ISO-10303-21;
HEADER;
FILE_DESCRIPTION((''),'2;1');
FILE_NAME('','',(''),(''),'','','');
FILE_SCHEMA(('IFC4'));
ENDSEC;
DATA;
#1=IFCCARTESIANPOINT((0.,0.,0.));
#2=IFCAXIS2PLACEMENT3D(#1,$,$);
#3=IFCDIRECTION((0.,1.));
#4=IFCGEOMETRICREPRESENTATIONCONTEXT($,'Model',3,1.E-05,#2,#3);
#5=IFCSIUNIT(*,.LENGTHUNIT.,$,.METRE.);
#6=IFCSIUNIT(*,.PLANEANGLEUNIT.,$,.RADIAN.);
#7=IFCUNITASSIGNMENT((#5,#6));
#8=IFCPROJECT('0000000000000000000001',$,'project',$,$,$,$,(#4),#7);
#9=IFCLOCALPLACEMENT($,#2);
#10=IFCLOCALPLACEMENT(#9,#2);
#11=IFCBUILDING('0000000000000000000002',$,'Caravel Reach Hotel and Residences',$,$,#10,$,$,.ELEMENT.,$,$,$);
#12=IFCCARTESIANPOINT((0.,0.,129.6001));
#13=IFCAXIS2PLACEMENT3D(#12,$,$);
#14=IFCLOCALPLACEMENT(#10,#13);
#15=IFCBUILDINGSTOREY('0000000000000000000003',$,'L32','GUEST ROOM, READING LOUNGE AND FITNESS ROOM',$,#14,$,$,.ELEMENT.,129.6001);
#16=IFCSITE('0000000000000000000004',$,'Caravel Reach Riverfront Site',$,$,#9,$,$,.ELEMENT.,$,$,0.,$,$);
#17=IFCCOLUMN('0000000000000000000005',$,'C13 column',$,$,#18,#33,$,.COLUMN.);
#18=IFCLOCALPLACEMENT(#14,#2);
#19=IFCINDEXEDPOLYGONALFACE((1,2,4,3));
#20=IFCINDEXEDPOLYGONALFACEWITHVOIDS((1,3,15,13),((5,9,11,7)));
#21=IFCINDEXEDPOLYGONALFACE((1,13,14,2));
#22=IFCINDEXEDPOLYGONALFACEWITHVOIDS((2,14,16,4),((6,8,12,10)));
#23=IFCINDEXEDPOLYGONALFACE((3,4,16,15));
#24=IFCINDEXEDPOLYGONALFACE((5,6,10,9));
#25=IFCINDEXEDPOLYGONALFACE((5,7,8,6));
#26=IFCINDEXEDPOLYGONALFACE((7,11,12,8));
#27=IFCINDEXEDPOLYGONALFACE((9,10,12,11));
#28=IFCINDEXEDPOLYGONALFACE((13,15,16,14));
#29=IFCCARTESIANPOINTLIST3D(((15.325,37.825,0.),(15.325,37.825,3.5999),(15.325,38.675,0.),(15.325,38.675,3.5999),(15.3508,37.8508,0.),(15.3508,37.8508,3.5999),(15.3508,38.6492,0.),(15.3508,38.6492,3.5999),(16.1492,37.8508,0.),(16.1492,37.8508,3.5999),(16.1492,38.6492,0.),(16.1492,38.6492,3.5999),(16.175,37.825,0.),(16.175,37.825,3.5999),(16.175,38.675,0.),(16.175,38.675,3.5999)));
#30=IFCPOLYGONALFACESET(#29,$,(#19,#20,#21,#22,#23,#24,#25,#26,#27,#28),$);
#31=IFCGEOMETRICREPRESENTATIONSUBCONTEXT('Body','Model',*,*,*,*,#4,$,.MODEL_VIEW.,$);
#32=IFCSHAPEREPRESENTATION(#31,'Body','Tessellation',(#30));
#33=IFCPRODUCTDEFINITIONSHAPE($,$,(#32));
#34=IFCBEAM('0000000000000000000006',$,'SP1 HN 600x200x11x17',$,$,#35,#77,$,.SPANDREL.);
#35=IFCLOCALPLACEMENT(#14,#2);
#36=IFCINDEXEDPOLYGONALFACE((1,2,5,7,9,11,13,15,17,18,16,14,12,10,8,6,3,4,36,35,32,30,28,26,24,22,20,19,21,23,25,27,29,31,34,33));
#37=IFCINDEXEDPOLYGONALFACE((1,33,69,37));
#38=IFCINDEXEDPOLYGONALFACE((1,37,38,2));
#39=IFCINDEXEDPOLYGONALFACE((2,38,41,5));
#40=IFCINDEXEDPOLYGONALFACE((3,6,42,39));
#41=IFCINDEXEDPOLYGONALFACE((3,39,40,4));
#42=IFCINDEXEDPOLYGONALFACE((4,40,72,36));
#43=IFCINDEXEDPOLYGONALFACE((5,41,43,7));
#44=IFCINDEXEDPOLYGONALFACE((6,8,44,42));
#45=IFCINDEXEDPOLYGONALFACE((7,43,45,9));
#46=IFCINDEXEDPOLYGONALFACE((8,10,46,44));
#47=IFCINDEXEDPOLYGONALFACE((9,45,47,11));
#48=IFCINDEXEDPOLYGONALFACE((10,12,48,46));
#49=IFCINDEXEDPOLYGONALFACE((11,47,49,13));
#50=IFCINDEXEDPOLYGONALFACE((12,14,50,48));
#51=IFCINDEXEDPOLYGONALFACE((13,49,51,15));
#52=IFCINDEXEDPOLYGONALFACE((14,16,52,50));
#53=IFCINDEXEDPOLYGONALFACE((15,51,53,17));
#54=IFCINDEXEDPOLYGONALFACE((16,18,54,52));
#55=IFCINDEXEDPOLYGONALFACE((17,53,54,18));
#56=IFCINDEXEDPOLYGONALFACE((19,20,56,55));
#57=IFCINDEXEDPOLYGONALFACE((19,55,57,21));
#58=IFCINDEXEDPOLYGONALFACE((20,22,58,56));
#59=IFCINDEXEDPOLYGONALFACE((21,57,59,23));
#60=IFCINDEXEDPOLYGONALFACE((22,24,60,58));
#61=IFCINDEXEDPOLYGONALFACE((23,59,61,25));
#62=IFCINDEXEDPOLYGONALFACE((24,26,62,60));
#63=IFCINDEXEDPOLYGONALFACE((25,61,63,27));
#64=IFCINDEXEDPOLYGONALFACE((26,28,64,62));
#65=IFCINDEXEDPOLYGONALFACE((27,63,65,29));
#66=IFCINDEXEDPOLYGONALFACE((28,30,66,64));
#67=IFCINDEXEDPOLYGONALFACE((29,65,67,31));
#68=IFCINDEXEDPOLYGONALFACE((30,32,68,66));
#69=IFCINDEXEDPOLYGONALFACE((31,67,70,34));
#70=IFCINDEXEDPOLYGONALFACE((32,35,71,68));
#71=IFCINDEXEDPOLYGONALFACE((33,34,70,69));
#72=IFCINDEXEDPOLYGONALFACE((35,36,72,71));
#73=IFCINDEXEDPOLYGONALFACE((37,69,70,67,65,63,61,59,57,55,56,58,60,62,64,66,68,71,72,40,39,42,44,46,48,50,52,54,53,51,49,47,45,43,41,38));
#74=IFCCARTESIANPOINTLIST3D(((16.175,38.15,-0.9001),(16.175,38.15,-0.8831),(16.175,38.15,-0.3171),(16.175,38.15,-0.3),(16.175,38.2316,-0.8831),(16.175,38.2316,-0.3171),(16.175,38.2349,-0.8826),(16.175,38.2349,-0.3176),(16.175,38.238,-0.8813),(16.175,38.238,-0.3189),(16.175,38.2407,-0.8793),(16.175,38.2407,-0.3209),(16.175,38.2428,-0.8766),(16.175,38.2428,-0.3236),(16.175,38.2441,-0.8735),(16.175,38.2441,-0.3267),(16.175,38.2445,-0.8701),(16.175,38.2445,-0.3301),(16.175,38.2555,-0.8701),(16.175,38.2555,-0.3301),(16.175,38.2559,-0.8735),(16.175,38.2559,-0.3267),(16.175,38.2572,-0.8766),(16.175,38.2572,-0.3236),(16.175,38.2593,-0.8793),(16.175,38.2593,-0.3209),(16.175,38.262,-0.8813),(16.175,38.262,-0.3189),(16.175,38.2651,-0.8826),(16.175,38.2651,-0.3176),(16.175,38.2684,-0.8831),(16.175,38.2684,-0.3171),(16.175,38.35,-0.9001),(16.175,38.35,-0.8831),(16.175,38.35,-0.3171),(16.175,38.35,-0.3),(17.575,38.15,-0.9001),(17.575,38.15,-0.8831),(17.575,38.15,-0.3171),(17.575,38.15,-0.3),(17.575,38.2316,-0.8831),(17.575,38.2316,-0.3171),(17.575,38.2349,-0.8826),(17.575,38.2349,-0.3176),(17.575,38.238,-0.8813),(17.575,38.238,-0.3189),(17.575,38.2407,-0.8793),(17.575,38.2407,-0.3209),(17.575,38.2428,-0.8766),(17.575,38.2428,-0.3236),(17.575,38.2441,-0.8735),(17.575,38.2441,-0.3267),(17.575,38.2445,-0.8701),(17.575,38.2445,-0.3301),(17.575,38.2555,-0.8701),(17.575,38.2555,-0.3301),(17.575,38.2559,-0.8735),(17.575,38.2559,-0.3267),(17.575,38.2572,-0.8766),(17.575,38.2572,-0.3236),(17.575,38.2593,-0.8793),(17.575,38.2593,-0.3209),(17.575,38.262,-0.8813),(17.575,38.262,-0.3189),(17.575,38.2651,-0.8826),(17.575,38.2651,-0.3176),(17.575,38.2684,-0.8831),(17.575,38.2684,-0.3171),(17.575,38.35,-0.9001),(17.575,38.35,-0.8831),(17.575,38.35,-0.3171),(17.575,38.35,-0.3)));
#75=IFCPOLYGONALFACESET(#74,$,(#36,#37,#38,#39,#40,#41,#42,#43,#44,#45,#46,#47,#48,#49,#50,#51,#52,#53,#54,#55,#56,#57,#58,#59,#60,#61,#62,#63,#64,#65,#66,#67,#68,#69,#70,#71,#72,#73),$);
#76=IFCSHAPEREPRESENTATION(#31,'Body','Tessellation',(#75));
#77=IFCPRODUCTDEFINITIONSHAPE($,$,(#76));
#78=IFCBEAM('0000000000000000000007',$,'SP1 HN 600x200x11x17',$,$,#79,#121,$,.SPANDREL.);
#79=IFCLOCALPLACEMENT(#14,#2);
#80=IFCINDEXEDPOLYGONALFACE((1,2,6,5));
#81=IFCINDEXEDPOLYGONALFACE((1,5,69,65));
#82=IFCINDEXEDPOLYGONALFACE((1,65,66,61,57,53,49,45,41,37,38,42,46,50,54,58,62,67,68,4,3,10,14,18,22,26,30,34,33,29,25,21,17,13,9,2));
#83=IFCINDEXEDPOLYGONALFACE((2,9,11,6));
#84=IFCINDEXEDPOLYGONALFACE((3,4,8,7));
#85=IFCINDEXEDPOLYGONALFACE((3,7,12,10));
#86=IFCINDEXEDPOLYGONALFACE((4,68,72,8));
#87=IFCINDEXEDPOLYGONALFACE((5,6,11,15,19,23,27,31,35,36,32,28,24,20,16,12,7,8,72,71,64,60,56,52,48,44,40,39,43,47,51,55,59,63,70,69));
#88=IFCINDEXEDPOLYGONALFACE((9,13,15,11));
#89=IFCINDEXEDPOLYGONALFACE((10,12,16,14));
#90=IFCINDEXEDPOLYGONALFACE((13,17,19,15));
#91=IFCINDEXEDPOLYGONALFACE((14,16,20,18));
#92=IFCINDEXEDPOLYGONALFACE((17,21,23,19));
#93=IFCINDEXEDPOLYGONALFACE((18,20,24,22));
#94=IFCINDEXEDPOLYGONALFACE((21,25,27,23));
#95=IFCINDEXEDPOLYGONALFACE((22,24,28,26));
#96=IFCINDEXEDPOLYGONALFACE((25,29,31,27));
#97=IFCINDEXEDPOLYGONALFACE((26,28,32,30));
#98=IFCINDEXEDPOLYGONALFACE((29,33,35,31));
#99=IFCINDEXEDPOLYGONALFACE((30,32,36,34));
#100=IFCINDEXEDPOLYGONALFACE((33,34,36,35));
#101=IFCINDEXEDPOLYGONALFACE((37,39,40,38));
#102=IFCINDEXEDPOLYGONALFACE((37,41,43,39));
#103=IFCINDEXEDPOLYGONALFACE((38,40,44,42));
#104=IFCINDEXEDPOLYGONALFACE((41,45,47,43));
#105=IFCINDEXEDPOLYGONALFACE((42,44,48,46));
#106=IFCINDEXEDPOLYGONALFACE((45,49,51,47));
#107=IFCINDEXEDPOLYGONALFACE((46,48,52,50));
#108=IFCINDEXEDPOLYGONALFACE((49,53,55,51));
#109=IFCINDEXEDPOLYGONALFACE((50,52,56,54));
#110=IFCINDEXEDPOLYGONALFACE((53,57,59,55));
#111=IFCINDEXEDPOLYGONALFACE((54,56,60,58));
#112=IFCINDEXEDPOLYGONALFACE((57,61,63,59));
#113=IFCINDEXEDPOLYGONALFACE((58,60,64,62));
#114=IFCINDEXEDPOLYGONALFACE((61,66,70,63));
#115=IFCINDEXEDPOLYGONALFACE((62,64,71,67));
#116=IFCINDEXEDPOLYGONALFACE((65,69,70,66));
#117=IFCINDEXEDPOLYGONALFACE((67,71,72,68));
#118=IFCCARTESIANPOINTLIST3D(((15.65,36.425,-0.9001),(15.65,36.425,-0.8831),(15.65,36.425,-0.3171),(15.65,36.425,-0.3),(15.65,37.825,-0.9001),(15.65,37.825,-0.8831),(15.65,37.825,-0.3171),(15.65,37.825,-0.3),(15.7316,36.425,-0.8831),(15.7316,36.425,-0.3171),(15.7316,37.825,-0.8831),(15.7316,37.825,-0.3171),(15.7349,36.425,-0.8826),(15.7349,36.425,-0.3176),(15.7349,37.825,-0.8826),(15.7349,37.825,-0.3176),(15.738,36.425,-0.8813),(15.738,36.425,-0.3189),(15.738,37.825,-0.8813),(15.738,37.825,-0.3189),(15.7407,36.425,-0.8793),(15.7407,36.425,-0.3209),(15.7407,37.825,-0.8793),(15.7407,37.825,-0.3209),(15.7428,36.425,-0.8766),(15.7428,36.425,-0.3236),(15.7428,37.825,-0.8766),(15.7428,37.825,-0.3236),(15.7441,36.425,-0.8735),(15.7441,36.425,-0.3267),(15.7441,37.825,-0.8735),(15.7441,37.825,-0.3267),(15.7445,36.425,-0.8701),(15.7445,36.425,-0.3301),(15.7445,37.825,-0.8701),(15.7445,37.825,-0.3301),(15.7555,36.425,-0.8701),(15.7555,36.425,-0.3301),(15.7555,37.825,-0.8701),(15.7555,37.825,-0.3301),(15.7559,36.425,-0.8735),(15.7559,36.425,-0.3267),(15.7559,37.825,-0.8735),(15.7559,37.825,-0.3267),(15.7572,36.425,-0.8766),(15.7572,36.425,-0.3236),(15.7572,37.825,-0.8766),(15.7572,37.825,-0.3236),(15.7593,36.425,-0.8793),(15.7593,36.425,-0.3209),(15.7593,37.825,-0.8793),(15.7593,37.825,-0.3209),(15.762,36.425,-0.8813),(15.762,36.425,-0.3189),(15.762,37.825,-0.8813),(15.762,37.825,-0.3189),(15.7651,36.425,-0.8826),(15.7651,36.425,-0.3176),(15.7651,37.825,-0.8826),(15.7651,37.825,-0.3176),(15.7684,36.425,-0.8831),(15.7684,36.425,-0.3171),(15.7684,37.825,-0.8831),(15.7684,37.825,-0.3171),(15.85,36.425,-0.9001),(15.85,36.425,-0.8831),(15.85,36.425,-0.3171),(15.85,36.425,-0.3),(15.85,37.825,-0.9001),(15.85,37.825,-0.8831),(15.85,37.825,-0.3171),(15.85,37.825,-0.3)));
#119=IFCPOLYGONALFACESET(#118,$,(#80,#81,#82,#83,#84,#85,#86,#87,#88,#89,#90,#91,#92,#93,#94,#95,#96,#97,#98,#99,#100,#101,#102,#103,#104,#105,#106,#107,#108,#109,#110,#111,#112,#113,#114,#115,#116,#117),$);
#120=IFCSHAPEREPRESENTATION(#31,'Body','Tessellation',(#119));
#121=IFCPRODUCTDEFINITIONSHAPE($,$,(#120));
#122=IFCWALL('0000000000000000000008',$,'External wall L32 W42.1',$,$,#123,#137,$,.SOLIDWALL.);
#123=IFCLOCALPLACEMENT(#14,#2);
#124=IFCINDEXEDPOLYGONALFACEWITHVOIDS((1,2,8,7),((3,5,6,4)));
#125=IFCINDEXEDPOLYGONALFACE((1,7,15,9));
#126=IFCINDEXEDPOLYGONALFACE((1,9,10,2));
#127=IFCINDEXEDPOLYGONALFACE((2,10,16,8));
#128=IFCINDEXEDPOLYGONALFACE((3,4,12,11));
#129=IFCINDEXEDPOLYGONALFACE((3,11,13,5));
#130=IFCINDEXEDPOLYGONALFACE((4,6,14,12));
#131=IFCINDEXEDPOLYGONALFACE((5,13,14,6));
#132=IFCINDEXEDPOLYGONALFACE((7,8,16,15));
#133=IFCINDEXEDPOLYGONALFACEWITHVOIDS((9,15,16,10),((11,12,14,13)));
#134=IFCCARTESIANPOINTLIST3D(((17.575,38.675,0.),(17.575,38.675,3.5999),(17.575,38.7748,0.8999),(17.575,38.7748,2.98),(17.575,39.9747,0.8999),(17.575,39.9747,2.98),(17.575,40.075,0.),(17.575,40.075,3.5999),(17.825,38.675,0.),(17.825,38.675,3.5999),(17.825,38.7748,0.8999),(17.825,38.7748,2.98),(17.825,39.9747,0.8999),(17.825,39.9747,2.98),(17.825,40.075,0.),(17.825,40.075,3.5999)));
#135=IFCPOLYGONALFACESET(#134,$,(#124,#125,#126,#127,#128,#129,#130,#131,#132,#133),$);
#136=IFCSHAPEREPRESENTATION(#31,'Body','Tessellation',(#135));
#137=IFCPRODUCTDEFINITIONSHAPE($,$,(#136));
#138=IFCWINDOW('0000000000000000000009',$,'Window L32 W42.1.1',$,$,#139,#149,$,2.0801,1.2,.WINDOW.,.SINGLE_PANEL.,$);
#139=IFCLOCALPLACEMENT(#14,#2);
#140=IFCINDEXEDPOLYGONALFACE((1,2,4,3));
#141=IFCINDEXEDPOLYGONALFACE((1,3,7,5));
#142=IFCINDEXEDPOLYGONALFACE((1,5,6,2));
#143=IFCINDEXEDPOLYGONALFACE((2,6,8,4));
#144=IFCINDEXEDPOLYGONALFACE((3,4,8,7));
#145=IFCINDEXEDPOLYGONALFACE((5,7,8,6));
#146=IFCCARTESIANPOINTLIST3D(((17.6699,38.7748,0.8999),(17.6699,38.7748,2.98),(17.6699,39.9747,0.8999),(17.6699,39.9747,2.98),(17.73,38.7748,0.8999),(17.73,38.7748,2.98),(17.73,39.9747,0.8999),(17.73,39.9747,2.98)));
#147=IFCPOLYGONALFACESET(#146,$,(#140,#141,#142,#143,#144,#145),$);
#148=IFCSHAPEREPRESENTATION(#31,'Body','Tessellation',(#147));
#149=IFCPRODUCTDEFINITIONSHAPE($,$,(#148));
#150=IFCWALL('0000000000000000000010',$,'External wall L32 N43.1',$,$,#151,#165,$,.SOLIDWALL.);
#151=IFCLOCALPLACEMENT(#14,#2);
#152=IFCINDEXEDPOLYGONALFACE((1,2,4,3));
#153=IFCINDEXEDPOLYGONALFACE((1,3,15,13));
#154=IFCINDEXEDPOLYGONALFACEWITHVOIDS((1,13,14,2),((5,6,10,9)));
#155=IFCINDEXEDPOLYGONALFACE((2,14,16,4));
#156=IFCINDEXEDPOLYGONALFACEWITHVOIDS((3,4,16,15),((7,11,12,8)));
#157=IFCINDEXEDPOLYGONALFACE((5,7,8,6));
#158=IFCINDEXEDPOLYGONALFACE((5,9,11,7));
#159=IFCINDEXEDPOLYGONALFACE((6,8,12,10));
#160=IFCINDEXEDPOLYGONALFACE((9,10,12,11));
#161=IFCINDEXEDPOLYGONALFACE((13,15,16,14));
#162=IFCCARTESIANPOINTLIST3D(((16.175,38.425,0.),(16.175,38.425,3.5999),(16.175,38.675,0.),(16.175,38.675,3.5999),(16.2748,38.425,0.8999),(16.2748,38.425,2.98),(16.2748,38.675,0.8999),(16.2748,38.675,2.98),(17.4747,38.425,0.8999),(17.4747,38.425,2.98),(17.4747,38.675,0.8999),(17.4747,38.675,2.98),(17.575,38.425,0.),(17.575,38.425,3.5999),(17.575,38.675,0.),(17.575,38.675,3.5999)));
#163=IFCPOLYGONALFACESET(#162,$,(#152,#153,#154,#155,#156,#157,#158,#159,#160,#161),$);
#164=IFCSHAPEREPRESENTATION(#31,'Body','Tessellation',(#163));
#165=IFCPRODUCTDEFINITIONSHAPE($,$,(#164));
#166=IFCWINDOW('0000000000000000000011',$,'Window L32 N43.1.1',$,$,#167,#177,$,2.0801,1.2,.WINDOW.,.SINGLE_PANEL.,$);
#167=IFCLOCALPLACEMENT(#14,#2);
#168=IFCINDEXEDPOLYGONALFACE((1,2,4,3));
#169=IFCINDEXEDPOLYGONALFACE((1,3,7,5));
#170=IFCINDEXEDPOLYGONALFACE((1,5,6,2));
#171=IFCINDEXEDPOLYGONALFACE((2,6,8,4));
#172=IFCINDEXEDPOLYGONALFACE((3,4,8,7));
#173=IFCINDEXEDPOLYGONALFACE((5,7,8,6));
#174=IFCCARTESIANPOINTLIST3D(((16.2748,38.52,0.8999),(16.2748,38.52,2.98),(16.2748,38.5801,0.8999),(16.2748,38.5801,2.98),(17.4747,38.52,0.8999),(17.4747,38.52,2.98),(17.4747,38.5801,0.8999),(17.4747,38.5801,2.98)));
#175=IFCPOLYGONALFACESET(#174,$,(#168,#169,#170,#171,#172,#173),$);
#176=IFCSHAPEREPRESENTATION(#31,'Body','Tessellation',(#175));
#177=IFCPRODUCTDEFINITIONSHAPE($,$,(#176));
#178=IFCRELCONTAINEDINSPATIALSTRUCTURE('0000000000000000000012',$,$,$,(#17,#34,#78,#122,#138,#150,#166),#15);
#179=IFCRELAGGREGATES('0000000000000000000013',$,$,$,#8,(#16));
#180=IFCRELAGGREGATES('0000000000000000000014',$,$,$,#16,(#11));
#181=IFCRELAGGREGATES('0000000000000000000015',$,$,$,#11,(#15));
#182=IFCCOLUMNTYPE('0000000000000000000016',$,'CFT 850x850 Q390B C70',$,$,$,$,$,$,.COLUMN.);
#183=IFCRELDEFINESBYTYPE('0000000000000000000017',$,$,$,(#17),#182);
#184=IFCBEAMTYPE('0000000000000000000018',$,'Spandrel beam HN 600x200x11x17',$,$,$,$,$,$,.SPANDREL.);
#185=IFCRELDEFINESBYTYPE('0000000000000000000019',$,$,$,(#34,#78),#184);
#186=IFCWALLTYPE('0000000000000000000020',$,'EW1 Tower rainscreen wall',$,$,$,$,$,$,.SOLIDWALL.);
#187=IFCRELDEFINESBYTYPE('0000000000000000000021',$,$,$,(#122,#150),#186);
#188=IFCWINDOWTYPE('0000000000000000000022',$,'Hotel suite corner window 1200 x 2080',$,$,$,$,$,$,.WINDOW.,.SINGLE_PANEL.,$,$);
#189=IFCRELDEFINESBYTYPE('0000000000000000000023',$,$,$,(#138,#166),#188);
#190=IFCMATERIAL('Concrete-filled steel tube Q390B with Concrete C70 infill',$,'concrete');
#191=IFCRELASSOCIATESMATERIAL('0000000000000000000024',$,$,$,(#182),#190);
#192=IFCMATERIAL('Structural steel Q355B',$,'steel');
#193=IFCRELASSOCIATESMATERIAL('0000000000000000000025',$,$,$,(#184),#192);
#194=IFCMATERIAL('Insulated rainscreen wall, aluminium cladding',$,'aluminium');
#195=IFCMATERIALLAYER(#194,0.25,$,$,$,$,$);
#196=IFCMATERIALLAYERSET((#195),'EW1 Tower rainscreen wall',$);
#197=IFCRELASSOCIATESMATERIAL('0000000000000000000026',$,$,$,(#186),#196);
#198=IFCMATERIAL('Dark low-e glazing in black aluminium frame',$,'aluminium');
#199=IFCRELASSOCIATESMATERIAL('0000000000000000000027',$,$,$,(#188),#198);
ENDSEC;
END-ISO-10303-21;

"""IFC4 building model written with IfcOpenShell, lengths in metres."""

from ifc_helpers import new_model, si_unit, direction, frame, frame_2d, origin, origin_2d, place, context, subcontext, project, spatial, rectangle, hollow_rectangle, i_section, extrude, material, layer, layer_set, material_profile, profile_set, type_object, element, fill, save


model = new_model("IFC4")

# Units and contexts
model_context = context("Model", 3, precision=1e-05, world=origin(), true_north=direction((0.0, 1.0)))
body_context = subcontext(model_context, "Body", "Model", "MODEL_VIEW")
ifc_project = project(units=[si_unit("LENGTHUNIT", "METRE"), si_unit("PLANEANGLEUNIT", "RADIAN")], contexts=[model_context])

# Site, building, storey
site_placement = place(None, origin())
site = spatial("IfcSite", under=ifc_project, at=site_placement, Name="Caravel Reach Riverfront Site", CompositionType="ELEMENT", RefElevation=0.0)
building_placement = place(site_placement, origin())
building = spatial("IfcBuilding", under=site, at=building_placement, Name="Caravel Reach Hotel and Residences", CompositionType="ELEMENT")
storey_placement = place(building_placement, frame((0.0, 0.0, 129.6001)))
storey = spatial("IfcBuildingStorey", under=building, at=storey_placement, Name="L32", Description="GUEST ROOM, READING LOUNGE AND FITNESS ROOM", CompositionType="ELEMENT", Elevation=129.6001)

# Column
ifc_material_1 = material(Name="Concrete-filled steel tube Q390B with Concrete C70 infill", Category="concrete")
ifc_material_profile_1 = material_profile(ifc_material_1, hollow_rectangle(XDim=0.8501, YDim=0.8501, WallThickness=0.0259, at=origin_2d()), Name="RHS 850x850x26")
ifc_profile_set_1 = profile_set([ifc_material_profile_1], Name="Concrete-filled steel tube Q390B with Concrete C70 infill")
column_type = type_object("IfcColumnType", Name="CFT 850x850 Q390B C70", PredefinedType="COLUMN", material=ifc_profile_set_1)
column_placement = place(storey_placement, frame((15.75, 38.25, 0.0), z_axis=(0.0, 0.0, 1.0), x_axis=(1.0, 0.0, 0.0)))
element("IfcColumn", 1, at=column_placement, inside=storey, type_object=column_type, Name="C13 column", PredefinedType="COLUMN", context=body_context, shape_type="SweptSolid", body=[
    extrude(hollow_rectangle(XDim=0.8501, YDim=0.8501, WallThickness=0.0259, at=origin_2d()), origin(), (0.0, 0.0, 1.0), 3.5999),
])

# Beams
ifc_material_2 = material(Name="Structural steel Q355B", Category="steel")
ifc_material_profile_2 = material_profile(ifc_material_2, i_section(OverallWidth=0.2, OverallDepth=0.6001, WebThickness=0.011, FlangeThickness=0.0171, FilletRadius=0.0129, at=origin_2d()), Name="HN 600x200x11x17")
ifc_profile_set_2 = profile_set([ifc_material_profile_2], Name="Structural steel Q355B")
beam_type = type_object("IfcBeamType", Name="Spandrel beam HN 600x200x11x17", PredefinedType="SPANDREL", material=ifc_profile_set_2)
for number, where, z_axis, x_axis, name in (
    (2, (17.575, 38.25, -0.6001), (-1.0, 0.0, 0.0), (0.0, -1.0, 0.0), "SP1 HN 600x200x11x17"),
    (3, (15.75, 37.825, -0.6001), (0.0, -1.0, 0.0), (1.0, 0.0, 0.0), "SP1 HN 600x200x11x17"),
):
    element("IfcBeam", number, at=place(storey_placement, frame(where, z_axis=z_axis, x_axis=x_axis)), inside=storey, type_object=beam_type, Name=name, PredefinedType="SPANDREL", context=body_context, shape_type="SweptSolid", body=[
        extrude(i_section(OverallWidth=0.2, OverallDepth=0.6001, WebThickness=0.011, FlangeThickness=0.0171, FilletRadius=0.0129, at=origin_2d()), origin(), (0.0, 0.0, 1.0), 1.3999),
    ])

# Walls, openings, windows
ifc_material_3 = material(Name="Insulated rainscreen wall, aluminium cladding", Category="aluminium")
ifc_layer = layer(ifc_material_3, 0.25)
ifc_layer_set = layer_set([ifc_layer], Name="EW1 Tower rainscreen wall")
wall_type = type_object("IfcWallType", Name="EW1 Tower rainscreen wall", PredefinedType="SOLIDWALL", material=ifc_layer_set)
wall_1_placement = place(storey_placement, frame((17.7, 40.075, 0.0), z_axis=(0.0, 0.0, 1.0), x_axis=(0.0, -1.0, 0.0)))
wall_1 = element("IfcWall", 4, at=wall_1_placement, inside=storey, type_object=wall_type, Name="External wall L32 W42.1", PredefinedType="SOLIDWALL", context=body_context, shape_type="SweptSolid", body=[
    extrude(rectangle(XDim=1.3999, YDim=0.25, at=frame_2d((0.7, 0.0))), origin(), (0.0, 0.0, 1.0), 3.5999),
])
opening_1_placement = place(wall_1_placement, frame((0.1001, 0.0, 0.8999)))
opening_1 = element("IfcOpeningElement", 5, at=opening_1_placement, cuts=wall_1, PredefinedType="OPENING", context=body_context, shape_type="SweptSolid", body=[
    extrude(rectangle(XDim=1.2, YDim=2.0801, at=frame_2d((0.6001, 1.04))), frame((0.0, 0.135, 0.0), z_axis=(0.0, -1.0, 0.0), x_axis=(1.0, 0.0, 0.0)), (0.0, 0.0, 1.0), 0.27),
])
ifc_material_4 = material(Name="Dark low-e glazing in black aluminium frame", Category="aluminium")
window_type_1 = type_object("IfcWindowType", Name="Hotel suite corner window 1200 x 2080", PartitioningType="SINGLE_PANEL", PredefinedType="WINDOW", material=ifc_material_4)
window_1_placement = place(opening_1_placement, origin())
window_1 = element("IfcWindow", 6, at=window_1_placement, inside=storey, type_object=window_type_1, Name="Window L32 W42.1.1", OverallHeight=2.0801, OverallWidth=1.2, PartitioningType="SINGLE_PANEL", PredefinedType="WINDOW", context=body_context, shape_type="SweptSolid", body=[
    extrude(rectangle(XDim=1.2, YDim=2.0801, at=frame_2d((0.6001, 1.04))), frame((0.0, 0.03, 0.0), z_axis=(0.0, -1.0, 0.0), x_axis=(1.0, 0.0, 0.0)), (0.0, 0.0, 1.0), 0.0601),
])
fill(opening_1, window_1)
wall_2_placement = place(storey_placement, frame((17.575, 38.55, 0.0), z_axis=(0.0, 0.0, 1.0), x_axis=(-1.0, 0.0, 0.0)))
wall_2 = element("IfcWall", 7, at=wall_2_placement, inside=storey, type_object=wall_type, Name="External wall L32 N43.1", PredefinedType="SOLIDWALL", context=body_context, shape_type="SweptSolid", body=[
    extrude(rectangle(XDim=1.3999, YDim=0.25, at=frame_2d((0.7, 0.0))), origin(), (0.0, 0.0, 1.0), 3.5999),
])
opening_2_placement = place(wall_2_placement, frame((0.1001, 0.0, 0.8999)))
opening_2 = element("IfcOpeningElement", 8, at=opening_2_placement, cuts=wall_2, PredefinedType="OPENING", context=body_context, shape_type="SweptSolid", body=[
    extrude(rectangle(XDim=1.2, YDim=2.0801, at=frame_2d((0.6001, 1.04))), frame((0.0, 0.135, 0.0), z_axis=(0.0, -1.0, 0.0), x_axis=(1.0, 0.0, 0.0)), (0.0, 0.0, 1.0), 0.27),
])
window_2_placement = place(opening_2_placement, origin())
window_2 = element("IfcWindow", 9, at=window_2_placement, inside=storey, type_object=window_type_1, Name="Window L32 N43.1.1", OverallHeight=2.0801, OverallWidth=1.2, PartitioningType="SINGLE_PANEL", PredefinedType="WINDOW", context=body_context, shape_type="SweptSolid", body=[
    extrude(rectangle(XDim=1.2, YDim=2.0801, at=frame_2d((0.6001, 1.04))), frame((0.0, 0.03, 0.0), z_axis=(0.0, -1.0, 0.0), x_axis=(1.0, 0.0, 0.0)), (0.0, 0.0, 1.0), 0.0601),
])
fill(opening_2, window_2)

save(model, "model.ifc")
